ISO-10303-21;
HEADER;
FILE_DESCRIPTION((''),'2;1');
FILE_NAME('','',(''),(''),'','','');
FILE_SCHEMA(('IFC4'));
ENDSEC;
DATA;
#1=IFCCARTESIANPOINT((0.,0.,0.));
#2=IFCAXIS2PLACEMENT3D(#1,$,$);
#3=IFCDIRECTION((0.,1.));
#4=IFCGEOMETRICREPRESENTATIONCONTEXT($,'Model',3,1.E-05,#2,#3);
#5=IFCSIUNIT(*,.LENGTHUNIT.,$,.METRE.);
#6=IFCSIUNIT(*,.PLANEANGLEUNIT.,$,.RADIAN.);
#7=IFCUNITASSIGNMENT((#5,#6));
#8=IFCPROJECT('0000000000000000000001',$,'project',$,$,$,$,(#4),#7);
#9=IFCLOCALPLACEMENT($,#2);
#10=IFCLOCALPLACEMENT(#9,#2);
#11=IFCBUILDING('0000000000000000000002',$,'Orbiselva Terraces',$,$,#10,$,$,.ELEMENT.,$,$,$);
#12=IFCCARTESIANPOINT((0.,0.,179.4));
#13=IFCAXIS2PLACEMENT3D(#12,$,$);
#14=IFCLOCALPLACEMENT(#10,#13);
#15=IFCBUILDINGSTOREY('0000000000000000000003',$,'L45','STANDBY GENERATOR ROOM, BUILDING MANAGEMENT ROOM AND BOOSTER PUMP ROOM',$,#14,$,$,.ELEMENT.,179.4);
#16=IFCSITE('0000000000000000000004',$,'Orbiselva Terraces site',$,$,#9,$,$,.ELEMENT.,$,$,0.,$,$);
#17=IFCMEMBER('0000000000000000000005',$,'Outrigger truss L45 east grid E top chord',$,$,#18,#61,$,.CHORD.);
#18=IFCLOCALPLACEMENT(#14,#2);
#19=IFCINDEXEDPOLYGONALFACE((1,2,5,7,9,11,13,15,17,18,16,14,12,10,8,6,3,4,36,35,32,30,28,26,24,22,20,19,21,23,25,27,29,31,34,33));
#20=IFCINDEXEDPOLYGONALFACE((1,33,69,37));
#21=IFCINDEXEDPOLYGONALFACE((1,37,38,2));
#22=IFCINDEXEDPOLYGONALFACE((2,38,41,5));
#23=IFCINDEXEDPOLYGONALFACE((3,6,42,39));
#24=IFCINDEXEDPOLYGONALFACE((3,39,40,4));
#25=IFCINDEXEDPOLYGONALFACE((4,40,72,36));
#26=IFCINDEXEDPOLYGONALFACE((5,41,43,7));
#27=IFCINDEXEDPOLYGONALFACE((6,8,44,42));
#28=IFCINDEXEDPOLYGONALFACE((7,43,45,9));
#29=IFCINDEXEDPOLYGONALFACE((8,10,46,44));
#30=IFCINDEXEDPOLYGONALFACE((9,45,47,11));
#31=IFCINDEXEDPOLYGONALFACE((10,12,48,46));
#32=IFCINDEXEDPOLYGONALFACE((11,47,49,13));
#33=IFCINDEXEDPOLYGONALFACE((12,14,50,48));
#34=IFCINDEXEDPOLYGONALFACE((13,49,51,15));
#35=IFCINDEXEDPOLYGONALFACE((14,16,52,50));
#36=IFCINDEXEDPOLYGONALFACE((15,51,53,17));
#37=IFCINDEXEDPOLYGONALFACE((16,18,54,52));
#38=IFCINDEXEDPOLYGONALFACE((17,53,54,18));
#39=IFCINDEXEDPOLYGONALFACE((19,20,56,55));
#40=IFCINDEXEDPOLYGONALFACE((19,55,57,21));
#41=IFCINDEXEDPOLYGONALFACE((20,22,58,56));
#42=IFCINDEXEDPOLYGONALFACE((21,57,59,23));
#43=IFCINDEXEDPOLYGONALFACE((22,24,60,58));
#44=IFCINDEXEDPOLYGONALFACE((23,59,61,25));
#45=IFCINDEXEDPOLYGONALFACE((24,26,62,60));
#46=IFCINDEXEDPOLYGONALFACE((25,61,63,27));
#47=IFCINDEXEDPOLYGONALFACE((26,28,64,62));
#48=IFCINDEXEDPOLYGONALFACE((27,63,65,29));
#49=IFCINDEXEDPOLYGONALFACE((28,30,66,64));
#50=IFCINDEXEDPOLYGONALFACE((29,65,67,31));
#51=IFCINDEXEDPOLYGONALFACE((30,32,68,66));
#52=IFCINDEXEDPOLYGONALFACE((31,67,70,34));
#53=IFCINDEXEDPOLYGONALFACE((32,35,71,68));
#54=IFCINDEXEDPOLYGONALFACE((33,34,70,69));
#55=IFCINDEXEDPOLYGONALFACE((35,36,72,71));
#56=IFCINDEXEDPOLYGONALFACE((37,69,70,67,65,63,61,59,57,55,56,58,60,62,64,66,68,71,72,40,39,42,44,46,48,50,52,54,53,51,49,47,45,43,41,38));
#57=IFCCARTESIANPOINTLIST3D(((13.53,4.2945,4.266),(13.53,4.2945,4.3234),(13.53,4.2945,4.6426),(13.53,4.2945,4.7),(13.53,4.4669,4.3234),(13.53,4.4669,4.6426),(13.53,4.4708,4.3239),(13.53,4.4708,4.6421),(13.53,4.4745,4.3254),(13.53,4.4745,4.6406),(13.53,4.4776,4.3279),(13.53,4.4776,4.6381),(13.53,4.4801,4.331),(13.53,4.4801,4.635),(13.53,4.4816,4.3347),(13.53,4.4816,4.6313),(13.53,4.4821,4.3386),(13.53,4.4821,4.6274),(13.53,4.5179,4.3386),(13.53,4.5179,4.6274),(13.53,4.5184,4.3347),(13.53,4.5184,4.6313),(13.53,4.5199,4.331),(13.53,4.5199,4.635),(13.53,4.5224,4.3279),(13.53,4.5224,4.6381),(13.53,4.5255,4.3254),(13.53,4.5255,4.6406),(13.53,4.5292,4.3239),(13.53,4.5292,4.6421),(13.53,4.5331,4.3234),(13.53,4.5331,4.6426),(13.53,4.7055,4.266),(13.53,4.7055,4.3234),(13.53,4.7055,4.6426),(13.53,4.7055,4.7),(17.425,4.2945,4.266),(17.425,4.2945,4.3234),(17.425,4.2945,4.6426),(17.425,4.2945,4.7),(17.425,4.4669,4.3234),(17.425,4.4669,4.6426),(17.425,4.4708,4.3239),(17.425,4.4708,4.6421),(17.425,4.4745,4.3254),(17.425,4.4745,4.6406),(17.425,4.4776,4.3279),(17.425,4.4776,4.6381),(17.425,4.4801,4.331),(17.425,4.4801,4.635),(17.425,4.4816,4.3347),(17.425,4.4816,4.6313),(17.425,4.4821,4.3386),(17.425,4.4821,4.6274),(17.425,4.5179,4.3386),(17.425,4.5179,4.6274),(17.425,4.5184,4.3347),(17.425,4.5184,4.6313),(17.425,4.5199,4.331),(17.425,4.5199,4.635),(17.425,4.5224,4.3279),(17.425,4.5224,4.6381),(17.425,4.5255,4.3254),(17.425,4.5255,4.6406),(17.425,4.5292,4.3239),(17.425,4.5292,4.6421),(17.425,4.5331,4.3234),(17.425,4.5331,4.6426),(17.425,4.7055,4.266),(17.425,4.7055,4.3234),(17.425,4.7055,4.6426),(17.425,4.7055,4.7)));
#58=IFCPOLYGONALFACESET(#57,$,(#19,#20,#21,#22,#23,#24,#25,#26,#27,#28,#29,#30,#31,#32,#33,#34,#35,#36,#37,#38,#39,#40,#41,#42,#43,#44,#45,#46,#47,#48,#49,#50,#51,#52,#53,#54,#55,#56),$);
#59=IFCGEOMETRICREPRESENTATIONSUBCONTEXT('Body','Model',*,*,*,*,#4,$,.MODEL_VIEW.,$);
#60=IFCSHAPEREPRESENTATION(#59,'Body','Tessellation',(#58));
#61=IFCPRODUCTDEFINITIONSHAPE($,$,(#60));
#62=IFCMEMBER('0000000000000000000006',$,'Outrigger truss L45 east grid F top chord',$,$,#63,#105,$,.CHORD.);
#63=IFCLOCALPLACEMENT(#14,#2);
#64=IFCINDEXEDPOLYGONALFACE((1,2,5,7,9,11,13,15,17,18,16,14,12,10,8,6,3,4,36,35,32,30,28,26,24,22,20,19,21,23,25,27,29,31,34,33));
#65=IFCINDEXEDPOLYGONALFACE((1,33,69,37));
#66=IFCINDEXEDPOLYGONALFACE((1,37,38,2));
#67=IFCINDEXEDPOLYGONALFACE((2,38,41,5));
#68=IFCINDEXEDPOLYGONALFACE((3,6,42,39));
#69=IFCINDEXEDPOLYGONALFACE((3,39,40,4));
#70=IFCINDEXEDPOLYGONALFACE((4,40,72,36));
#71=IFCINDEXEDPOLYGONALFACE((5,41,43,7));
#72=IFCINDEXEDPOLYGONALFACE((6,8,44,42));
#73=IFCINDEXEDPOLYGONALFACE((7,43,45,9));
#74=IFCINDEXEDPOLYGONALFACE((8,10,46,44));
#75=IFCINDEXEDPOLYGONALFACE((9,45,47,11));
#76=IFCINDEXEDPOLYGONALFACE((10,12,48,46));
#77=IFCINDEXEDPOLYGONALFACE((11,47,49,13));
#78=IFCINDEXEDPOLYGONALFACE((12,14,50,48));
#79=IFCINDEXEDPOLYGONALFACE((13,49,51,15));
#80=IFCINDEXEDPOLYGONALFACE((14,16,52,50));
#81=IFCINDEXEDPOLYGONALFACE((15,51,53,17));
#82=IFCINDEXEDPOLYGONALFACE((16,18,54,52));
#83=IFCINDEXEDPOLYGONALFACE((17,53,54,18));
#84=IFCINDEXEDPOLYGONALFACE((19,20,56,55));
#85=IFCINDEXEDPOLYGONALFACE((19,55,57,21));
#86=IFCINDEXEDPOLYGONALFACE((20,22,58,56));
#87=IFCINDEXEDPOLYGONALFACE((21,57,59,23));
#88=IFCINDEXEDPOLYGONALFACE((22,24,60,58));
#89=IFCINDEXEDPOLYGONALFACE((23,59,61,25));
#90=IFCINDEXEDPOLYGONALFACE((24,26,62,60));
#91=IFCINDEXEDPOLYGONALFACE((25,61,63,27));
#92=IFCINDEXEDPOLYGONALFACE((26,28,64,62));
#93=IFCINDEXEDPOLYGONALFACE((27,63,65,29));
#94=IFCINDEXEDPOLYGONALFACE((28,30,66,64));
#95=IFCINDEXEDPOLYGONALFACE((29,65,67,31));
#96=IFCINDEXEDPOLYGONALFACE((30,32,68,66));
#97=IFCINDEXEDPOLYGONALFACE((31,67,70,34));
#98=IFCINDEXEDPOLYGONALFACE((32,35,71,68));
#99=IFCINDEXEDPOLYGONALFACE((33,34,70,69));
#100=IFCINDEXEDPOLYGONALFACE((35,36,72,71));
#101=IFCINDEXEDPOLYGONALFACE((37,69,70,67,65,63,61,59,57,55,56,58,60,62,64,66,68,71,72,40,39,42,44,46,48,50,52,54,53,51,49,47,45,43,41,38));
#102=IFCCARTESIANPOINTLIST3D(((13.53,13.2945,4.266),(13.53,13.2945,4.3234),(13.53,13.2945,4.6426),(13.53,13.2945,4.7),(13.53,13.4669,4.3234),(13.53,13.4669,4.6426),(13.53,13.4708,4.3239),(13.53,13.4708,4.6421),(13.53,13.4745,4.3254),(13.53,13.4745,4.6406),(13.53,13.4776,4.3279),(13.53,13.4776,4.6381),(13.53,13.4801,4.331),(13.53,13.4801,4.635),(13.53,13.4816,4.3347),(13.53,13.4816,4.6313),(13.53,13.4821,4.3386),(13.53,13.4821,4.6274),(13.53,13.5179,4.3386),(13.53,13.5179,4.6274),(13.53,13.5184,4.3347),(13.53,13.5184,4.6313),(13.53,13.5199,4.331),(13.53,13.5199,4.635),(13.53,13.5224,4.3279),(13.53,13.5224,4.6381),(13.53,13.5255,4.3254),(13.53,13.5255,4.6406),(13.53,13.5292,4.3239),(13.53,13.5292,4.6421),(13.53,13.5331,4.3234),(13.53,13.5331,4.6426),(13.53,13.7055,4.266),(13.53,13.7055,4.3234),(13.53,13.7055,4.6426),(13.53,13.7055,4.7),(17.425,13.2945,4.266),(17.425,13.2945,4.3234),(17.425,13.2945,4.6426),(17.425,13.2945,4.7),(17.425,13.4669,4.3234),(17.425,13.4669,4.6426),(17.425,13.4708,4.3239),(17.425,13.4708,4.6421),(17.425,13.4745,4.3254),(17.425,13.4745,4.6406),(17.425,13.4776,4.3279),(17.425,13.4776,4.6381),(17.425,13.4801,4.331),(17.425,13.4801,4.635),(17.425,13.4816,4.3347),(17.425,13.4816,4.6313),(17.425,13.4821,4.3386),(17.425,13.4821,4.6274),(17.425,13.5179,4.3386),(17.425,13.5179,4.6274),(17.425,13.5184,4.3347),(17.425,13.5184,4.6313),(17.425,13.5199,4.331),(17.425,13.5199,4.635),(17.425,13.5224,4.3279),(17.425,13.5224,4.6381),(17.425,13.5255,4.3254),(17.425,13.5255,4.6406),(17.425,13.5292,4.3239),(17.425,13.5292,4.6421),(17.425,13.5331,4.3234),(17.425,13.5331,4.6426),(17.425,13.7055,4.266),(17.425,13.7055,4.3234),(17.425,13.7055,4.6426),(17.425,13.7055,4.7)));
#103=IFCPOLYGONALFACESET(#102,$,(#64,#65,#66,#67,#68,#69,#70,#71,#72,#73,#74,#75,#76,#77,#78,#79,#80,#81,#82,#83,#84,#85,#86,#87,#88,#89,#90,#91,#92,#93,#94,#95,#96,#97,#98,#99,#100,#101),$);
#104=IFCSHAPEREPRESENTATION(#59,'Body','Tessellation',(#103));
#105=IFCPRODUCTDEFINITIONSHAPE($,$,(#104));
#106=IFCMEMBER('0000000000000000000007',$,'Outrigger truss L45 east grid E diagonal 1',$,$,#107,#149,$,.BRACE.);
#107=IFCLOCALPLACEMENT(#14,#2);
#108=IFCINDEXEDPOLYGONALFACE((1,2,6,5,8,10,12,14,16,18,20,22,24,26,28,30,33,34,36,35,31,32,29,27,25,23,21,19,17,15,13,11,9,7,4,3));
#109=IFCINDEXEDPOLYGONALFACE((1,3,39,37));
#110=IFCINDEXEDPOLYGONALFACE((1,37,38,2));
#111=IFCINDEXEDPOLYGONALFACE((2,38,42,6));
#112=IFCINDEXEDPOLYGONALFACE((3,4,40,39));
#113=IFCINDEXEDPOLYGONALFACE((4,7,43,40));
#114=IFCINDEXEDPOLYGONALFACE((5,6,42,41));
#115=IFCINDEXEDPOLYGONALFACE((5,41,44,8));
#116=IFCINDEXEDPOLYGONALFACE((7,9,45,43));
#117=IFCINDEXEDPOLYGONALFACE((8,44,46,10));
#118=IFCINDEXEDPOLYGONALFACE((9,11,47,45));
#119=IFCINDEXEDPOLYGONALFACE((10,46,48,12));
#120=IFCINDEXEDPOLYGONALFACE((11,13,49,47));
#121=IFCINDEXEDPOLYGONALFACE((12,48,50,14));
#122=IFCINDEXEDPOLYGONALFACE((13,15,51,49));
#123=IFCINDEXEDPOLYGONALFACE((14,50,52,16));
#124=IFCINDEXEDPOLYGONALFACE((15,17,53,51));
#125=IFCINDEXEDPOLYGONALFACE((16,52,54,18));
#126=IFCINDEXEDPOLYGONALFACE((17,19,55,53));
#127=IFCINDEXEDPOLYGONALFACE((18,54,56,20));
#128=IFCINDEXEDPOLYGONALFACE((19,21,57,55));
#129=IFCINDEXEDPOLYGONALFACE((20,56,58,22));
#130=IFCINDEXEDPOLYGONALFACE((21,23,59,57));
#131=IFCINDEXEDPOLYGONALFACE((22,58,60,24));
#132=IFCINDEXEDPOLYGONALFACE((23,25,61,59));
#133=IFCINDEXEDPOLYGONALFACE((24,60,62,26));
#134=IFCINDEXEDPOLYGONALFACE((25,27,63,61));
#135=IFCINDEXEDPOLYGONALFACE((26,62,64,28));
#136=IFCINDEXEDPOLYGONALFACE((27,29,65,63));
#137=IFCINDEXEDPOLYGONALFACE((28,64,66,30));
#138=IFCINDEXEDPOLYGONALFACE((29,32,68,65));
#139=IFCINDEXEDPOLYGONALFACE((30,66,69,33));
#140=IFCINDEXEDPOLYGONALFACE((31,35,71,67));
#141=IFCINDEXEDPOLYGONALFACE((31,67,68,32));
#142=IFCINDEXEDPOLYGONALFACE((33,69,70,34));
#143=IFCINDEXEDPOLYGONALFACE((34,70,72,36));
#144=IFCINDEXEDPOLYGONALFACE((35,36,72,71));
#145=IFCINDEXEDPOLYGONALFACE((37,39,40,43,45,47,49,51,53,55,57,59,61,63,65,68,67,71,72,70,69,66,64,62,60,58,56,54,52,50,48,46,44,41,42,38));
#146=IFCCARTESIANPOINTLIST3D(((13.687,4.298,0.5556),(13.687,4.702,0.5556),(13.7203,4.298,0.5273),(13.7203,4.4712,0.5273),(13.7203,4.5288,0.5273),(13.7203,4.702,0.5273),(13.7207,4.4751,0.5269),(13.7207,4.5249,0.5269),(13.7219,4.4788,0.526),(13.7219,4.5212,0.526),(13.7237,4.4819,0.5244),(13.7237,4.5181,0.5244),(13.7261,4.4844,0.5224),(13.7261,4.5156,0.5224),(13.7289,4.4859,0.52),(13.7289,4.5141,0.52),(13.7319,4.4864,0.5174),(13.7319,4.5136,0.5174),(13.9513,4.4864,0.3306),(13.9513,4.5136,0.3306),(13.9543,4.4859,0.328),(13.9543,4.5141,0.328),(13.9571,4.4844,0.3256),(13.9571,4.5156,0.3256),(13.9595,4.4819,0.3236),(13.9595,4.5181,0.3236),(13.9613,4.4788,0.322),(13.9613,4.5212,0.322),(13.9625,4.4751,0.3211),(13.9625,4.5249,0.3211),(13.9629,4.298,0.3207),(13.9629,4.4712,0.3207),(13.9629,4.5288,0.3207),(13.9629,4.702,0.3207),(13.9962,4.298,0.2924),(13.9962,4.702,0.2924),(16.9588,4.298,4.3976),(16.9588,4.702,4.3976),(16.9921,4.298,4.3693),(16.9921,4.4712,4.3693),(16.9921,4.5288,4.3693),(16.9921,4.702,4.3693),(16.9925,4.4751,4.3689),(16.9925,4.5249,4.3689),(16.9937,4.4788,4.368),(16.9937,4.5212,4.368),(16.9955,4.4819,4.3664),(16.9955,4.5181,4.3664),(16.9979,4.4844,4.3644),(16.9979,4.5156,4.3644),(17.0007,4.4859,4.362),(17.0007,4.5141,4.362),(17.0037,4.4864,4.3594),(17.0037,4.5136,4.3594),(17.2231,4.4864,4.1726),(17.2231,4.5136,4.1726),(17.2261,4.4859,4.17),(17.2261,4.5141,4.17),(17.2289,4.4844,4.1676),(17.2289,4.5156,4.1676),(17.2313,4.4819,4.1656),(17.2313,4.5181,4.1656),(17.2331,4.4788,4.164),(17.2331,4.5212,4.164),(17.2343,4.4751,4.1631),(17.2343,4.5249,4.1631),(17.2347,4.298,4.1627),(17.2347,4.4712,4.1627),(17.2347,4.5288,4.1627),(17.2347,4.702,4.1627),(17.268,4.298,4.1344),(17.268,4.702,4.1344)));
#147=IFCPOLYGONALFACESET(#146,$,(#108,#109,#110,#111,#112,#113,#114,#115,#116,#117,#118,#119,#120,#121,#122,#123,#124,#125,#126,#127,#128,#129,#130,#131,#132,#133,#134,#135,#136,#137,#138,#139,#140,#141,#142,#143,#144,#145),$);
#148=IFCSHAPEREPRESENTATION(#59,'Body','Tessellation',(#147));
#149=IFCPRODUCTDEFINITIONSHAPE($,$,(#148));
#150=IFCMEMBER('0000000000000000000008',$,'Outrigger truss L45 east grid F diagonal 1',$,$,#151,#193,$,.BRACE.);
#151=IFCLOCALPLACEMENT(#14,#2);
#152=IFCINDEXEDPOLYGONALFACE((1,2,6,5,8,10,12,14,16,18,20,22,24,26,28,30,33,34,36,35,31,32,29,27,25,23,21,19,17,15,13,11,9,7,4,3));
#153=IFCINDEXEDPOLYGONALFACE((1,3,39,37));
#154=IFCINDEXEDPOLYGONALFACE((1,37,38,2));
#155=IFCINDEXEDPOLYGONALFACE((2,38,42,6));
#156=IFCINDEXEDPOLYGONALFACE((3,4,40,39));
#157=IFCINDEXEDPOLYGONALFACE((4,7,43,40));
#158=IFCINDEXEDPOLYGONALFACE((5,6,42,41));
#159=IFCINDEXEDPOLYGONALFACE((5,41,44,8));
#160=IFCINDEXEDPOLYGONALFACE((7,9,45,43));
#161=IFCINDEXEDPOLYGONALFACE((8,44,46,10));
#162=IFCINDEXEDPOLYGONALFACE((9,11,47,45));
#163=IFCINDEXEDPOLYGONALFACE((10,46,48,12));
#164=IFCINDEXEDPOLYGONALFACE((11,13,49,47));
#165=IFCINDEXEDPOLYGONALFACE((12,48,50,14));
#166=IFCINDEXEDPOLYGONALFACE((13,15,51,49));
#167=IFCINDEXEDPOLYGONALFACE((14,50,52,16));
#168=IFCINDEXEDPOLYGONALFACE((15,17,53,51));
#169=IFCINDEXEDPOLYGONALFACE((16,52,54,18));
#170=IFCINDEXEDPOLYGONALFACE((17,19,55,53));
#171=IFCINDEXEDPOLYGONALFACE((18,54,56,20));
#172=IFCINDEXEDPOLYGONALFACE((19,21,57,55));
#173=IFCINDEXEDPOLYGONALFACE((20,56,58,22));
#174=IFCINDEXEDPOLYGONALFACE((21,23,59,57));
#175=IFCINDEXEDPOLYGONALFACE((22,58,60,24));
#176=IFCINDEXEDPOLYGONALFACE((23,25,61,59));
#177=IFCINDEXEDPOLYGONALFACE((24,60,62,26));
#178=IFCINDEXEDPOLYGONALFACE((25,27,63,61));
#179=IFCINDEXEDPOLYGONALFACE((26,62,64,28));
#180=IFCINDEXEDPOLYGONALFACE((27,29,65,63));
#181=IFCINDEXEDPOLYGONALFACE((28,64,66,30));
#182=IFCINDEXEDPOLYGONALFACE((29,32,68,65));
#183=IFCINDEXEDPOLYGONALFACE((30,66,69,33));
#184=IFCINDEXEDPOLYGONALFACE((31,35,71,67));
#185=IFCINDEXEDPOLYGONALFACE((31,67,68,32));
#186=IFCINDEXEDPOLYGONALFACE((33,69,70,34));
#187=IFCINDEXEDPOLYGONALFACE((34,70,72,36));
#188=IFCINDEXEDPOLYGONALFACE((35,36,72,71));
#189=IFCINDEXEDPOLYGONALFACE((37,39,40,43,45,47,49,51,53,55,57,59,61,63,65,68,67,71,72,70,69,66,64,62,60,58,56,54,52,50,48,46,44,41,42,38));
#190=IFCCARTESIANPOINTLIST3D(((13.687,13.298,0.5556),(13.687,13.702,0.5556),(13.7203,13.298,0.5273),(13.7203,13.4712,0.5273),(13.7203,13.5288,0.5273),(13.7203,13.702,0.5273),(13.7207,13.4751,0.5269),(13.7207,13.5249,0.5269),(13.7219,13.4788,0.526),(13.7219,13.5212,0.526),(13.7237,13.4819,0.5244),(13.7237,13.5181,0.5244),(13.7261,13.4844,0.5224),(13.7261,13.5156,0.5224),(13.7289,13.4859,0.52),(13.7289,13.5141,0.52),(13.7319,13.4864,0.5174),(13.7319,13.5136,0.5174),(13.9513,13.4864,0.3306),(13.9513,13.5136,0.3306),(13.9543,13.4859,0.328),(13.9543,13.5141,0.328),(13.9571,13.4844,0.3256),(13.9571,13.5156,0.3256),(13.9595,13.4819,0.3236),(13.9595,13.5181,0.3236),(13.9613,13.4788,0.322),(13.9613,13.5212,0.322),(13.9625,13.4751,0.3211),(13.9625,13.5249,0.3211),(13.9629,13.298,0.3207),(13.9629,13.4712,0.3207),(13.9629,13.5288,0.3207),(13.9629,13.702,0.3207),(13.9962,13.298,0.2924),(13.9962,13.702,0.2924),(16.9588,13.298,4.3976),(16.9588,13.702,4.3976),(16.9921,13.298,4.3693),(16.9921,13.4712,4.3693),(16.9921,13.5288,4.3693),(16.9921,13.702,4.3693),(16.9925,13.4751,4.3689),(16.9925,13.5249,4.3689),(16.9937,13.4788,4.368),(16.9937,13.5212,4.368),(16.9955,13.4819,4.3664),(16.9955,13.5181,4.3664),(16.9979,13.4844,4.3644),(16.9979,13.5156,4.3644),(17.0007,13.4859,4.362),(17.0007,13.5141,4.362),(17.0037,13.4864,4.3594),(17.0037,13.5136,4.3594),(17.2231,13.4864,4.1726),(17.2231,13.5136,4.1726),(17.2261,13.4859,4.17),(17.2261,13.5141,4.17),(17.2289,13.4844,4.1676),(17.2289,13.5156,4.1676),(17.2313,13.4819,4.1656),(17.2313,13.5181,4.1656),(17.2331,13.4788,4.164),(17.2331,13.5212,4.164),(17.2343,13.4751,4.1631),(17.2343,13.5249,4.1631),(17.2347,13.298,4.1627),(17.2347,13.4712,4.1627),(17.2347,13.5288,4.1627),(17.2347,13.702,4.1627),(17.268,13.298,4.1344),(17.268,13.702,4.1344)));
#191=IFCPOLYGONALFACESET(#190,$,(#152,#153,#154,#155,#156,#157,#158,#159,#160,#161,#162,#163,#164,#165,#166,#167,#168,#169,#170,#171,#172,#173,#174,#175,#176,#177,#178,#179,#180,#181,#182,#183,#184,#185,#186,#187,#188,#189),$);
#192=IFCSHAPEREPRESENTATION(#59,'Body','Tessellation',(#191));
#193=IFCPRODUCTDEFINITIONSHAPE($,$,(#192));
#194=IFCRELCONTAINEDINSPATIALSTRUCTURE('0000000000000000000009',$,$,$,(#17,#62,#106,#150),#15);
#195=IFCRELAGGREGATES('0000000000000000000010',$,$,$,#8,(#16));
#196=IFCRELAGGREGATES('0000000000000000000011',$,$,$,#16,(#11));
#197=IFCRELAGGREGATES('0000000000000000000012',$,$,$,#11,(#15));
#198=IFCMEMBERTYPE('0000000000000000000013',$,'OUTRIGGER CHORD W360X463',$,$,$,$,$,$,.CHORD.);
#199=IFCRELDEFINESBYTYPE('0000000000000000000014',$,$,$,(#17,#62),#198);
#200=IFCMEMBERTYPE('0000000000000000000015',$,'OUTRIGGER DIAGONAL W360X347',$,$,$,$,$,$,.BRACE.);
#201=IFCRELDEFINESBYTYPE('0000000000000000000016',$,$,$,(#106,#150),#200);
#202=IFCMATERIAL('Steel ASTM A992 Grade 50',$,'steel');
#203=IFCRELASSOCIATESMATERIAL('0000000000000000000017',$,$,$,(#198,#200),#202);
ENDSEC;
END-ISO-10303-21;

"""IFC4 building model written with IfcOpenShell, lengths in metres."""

from ifc_helpers import new_model, si_unit, direction, frame, origin, origin_2d, place, context, subcontext, project, spatial, i_section, extrude, material, material_profile, profile_set, type_object, element, save


model = new_model("IFC4")

# Units and contexts
model_context = context("Model", 3, precision=1e-05, world=origin(), true_north=direction((0.0, 1.0)))
body_context = subcontext(model_context, "Body", "Model", "MODEL_VIEW")
ifc_project = project(units=[si_unit("LENGTHUNIT", "METRE"), si_unit("PLANEANGLEUNIT", "RADIAN")], contexts=[model_context])

# Site, building, storey
site_placement = place(None, origin())
site = spatial("IfcSite", under=ifc_project, at=site_placement, Name="Orbiselva Terraces site", CompositionType="ELEMENT", RefElevation=0.0)
building_placement = place(site_placement, origin())
building = spatial("IfcBuilding", under=site, at=building_placement, Name="Orbiselva Terraces", CompositionType="ELEMENT")
storey_placement = place(building_placement, frame((0.0, 0.0, 179.4)))
storey = spatial("IfcBuildingStorey", under=building, at=storey_placement, Name="L45", Description="STANDBY GENERATOR ROOM, BUILDING MANAGEMENT ROOM AND BOOSTER PUMP ROOM", CompositionType="ELEMENT", Elevation=179.4)

# Members
ifc_material_1 = material(Name="Steel ASTM A992 Grade 50", Category="steel")
ifc_material_profile_1 = material_profile(ifc_material_1, i_section(OverallWidth=0.411, OverallDepth=0.434, WebThickness=0.0358, FlangeThickness=0.0574, FilletRadius=0.0152, at=origin_2d()), Name="W360X463")
ifc_profile_set_1 = profile_set([ifc_material_profile_1], Name="Steel ASTM A992 Grade 50")
member_type_1 = type_object("IfcMemberType", Name="OUTRIGGER CHORD W360X463", PredefinedType="CHORD", material=ifc_profile_set_1)
for number, where, z_axis, x_axis, name in (
    (1, (13.53, 4.5, 4.483), (1.0, 0.0, 0.0), (0.0, 1.0, 0.0), "Outrigger truss L45 east grid E top chord"),
    (2, (13.53, 13.5, 4.483), (1.0, 0.0, 0.0), (0.0, 1.0, 0.0), "Outrigger truss L45 east grid F top chord"),
):
    element("IfcMember", number, at=place(storey_placement, frame(where, z_axis=z_axis, x_axis=x_axis)), inside=storey, type_object=member_type_1, Name=name, PredefinedType="CHORD", context=body_context, shape_type="SweptSolid", body=[
        extrude(i_section(OverallWidth=0.411, OverallDepth=0.434, WebThickness=0.0358, FlangeThickness=0.0574, FilletRadius=0.0152, at=origin_2d()), origin(), (0.0, 0.0, 1.0), 3.895),
    ])
ifc_material_profile_2 = material_profile(ifc_material_1, i_section(OverallWidth=0.404, OverallDepth=0.406, WebThickness=0.0272, FlangeThickness=0.0437, FilletRadius=0.0152, at=origin_2d()), Name="W360X347")
ifc_profile_set_2 = profile_set([ifc_material_profile_2], Name="Steel ASTM A992 Grade 50")
member_type_2 = type_object("IfcMemberType", Name="OUTRIGGER DIAGONAL W360X347", PredefinedType="BRACE", material=ifc_profile_set_2)
for number, where, z_axis, x_axis, name in (
    (3, (13.8416, 4.5, 0.424), (0.64835, 0.0, 0.761342), (0.0, 1.0, 0.0), "Outrigger truss L45 east grid E diagonal 1"),
    (4, (13.8416, 13.5, 0.424), (0.64835, 0.0, 0.761342), (0.0, 1.0, 0.0), "Outrigger truss L45 east grid F diagonal 1"),
):
    element("IfcMember", number, at=place(storey_placement, frame(where, z_axis=z_axis, x_axis=x_axis)), inside=storey, type_object=member_type_2, Name=name, PredefinedType="BRACE", context=body_context, shape_type="SweptSolid", body=[
        extrude(i_section(OverallWidth=0.404, OverallDepth=0.406, WebThickness=0.0272, FlangeThickness=0.0437, FilletRadius=0.0152, at=origin_2d()), origin(), (0.0, 0.0, 1.0), 5.0463),
    ])

save(model, "model.ifc")
